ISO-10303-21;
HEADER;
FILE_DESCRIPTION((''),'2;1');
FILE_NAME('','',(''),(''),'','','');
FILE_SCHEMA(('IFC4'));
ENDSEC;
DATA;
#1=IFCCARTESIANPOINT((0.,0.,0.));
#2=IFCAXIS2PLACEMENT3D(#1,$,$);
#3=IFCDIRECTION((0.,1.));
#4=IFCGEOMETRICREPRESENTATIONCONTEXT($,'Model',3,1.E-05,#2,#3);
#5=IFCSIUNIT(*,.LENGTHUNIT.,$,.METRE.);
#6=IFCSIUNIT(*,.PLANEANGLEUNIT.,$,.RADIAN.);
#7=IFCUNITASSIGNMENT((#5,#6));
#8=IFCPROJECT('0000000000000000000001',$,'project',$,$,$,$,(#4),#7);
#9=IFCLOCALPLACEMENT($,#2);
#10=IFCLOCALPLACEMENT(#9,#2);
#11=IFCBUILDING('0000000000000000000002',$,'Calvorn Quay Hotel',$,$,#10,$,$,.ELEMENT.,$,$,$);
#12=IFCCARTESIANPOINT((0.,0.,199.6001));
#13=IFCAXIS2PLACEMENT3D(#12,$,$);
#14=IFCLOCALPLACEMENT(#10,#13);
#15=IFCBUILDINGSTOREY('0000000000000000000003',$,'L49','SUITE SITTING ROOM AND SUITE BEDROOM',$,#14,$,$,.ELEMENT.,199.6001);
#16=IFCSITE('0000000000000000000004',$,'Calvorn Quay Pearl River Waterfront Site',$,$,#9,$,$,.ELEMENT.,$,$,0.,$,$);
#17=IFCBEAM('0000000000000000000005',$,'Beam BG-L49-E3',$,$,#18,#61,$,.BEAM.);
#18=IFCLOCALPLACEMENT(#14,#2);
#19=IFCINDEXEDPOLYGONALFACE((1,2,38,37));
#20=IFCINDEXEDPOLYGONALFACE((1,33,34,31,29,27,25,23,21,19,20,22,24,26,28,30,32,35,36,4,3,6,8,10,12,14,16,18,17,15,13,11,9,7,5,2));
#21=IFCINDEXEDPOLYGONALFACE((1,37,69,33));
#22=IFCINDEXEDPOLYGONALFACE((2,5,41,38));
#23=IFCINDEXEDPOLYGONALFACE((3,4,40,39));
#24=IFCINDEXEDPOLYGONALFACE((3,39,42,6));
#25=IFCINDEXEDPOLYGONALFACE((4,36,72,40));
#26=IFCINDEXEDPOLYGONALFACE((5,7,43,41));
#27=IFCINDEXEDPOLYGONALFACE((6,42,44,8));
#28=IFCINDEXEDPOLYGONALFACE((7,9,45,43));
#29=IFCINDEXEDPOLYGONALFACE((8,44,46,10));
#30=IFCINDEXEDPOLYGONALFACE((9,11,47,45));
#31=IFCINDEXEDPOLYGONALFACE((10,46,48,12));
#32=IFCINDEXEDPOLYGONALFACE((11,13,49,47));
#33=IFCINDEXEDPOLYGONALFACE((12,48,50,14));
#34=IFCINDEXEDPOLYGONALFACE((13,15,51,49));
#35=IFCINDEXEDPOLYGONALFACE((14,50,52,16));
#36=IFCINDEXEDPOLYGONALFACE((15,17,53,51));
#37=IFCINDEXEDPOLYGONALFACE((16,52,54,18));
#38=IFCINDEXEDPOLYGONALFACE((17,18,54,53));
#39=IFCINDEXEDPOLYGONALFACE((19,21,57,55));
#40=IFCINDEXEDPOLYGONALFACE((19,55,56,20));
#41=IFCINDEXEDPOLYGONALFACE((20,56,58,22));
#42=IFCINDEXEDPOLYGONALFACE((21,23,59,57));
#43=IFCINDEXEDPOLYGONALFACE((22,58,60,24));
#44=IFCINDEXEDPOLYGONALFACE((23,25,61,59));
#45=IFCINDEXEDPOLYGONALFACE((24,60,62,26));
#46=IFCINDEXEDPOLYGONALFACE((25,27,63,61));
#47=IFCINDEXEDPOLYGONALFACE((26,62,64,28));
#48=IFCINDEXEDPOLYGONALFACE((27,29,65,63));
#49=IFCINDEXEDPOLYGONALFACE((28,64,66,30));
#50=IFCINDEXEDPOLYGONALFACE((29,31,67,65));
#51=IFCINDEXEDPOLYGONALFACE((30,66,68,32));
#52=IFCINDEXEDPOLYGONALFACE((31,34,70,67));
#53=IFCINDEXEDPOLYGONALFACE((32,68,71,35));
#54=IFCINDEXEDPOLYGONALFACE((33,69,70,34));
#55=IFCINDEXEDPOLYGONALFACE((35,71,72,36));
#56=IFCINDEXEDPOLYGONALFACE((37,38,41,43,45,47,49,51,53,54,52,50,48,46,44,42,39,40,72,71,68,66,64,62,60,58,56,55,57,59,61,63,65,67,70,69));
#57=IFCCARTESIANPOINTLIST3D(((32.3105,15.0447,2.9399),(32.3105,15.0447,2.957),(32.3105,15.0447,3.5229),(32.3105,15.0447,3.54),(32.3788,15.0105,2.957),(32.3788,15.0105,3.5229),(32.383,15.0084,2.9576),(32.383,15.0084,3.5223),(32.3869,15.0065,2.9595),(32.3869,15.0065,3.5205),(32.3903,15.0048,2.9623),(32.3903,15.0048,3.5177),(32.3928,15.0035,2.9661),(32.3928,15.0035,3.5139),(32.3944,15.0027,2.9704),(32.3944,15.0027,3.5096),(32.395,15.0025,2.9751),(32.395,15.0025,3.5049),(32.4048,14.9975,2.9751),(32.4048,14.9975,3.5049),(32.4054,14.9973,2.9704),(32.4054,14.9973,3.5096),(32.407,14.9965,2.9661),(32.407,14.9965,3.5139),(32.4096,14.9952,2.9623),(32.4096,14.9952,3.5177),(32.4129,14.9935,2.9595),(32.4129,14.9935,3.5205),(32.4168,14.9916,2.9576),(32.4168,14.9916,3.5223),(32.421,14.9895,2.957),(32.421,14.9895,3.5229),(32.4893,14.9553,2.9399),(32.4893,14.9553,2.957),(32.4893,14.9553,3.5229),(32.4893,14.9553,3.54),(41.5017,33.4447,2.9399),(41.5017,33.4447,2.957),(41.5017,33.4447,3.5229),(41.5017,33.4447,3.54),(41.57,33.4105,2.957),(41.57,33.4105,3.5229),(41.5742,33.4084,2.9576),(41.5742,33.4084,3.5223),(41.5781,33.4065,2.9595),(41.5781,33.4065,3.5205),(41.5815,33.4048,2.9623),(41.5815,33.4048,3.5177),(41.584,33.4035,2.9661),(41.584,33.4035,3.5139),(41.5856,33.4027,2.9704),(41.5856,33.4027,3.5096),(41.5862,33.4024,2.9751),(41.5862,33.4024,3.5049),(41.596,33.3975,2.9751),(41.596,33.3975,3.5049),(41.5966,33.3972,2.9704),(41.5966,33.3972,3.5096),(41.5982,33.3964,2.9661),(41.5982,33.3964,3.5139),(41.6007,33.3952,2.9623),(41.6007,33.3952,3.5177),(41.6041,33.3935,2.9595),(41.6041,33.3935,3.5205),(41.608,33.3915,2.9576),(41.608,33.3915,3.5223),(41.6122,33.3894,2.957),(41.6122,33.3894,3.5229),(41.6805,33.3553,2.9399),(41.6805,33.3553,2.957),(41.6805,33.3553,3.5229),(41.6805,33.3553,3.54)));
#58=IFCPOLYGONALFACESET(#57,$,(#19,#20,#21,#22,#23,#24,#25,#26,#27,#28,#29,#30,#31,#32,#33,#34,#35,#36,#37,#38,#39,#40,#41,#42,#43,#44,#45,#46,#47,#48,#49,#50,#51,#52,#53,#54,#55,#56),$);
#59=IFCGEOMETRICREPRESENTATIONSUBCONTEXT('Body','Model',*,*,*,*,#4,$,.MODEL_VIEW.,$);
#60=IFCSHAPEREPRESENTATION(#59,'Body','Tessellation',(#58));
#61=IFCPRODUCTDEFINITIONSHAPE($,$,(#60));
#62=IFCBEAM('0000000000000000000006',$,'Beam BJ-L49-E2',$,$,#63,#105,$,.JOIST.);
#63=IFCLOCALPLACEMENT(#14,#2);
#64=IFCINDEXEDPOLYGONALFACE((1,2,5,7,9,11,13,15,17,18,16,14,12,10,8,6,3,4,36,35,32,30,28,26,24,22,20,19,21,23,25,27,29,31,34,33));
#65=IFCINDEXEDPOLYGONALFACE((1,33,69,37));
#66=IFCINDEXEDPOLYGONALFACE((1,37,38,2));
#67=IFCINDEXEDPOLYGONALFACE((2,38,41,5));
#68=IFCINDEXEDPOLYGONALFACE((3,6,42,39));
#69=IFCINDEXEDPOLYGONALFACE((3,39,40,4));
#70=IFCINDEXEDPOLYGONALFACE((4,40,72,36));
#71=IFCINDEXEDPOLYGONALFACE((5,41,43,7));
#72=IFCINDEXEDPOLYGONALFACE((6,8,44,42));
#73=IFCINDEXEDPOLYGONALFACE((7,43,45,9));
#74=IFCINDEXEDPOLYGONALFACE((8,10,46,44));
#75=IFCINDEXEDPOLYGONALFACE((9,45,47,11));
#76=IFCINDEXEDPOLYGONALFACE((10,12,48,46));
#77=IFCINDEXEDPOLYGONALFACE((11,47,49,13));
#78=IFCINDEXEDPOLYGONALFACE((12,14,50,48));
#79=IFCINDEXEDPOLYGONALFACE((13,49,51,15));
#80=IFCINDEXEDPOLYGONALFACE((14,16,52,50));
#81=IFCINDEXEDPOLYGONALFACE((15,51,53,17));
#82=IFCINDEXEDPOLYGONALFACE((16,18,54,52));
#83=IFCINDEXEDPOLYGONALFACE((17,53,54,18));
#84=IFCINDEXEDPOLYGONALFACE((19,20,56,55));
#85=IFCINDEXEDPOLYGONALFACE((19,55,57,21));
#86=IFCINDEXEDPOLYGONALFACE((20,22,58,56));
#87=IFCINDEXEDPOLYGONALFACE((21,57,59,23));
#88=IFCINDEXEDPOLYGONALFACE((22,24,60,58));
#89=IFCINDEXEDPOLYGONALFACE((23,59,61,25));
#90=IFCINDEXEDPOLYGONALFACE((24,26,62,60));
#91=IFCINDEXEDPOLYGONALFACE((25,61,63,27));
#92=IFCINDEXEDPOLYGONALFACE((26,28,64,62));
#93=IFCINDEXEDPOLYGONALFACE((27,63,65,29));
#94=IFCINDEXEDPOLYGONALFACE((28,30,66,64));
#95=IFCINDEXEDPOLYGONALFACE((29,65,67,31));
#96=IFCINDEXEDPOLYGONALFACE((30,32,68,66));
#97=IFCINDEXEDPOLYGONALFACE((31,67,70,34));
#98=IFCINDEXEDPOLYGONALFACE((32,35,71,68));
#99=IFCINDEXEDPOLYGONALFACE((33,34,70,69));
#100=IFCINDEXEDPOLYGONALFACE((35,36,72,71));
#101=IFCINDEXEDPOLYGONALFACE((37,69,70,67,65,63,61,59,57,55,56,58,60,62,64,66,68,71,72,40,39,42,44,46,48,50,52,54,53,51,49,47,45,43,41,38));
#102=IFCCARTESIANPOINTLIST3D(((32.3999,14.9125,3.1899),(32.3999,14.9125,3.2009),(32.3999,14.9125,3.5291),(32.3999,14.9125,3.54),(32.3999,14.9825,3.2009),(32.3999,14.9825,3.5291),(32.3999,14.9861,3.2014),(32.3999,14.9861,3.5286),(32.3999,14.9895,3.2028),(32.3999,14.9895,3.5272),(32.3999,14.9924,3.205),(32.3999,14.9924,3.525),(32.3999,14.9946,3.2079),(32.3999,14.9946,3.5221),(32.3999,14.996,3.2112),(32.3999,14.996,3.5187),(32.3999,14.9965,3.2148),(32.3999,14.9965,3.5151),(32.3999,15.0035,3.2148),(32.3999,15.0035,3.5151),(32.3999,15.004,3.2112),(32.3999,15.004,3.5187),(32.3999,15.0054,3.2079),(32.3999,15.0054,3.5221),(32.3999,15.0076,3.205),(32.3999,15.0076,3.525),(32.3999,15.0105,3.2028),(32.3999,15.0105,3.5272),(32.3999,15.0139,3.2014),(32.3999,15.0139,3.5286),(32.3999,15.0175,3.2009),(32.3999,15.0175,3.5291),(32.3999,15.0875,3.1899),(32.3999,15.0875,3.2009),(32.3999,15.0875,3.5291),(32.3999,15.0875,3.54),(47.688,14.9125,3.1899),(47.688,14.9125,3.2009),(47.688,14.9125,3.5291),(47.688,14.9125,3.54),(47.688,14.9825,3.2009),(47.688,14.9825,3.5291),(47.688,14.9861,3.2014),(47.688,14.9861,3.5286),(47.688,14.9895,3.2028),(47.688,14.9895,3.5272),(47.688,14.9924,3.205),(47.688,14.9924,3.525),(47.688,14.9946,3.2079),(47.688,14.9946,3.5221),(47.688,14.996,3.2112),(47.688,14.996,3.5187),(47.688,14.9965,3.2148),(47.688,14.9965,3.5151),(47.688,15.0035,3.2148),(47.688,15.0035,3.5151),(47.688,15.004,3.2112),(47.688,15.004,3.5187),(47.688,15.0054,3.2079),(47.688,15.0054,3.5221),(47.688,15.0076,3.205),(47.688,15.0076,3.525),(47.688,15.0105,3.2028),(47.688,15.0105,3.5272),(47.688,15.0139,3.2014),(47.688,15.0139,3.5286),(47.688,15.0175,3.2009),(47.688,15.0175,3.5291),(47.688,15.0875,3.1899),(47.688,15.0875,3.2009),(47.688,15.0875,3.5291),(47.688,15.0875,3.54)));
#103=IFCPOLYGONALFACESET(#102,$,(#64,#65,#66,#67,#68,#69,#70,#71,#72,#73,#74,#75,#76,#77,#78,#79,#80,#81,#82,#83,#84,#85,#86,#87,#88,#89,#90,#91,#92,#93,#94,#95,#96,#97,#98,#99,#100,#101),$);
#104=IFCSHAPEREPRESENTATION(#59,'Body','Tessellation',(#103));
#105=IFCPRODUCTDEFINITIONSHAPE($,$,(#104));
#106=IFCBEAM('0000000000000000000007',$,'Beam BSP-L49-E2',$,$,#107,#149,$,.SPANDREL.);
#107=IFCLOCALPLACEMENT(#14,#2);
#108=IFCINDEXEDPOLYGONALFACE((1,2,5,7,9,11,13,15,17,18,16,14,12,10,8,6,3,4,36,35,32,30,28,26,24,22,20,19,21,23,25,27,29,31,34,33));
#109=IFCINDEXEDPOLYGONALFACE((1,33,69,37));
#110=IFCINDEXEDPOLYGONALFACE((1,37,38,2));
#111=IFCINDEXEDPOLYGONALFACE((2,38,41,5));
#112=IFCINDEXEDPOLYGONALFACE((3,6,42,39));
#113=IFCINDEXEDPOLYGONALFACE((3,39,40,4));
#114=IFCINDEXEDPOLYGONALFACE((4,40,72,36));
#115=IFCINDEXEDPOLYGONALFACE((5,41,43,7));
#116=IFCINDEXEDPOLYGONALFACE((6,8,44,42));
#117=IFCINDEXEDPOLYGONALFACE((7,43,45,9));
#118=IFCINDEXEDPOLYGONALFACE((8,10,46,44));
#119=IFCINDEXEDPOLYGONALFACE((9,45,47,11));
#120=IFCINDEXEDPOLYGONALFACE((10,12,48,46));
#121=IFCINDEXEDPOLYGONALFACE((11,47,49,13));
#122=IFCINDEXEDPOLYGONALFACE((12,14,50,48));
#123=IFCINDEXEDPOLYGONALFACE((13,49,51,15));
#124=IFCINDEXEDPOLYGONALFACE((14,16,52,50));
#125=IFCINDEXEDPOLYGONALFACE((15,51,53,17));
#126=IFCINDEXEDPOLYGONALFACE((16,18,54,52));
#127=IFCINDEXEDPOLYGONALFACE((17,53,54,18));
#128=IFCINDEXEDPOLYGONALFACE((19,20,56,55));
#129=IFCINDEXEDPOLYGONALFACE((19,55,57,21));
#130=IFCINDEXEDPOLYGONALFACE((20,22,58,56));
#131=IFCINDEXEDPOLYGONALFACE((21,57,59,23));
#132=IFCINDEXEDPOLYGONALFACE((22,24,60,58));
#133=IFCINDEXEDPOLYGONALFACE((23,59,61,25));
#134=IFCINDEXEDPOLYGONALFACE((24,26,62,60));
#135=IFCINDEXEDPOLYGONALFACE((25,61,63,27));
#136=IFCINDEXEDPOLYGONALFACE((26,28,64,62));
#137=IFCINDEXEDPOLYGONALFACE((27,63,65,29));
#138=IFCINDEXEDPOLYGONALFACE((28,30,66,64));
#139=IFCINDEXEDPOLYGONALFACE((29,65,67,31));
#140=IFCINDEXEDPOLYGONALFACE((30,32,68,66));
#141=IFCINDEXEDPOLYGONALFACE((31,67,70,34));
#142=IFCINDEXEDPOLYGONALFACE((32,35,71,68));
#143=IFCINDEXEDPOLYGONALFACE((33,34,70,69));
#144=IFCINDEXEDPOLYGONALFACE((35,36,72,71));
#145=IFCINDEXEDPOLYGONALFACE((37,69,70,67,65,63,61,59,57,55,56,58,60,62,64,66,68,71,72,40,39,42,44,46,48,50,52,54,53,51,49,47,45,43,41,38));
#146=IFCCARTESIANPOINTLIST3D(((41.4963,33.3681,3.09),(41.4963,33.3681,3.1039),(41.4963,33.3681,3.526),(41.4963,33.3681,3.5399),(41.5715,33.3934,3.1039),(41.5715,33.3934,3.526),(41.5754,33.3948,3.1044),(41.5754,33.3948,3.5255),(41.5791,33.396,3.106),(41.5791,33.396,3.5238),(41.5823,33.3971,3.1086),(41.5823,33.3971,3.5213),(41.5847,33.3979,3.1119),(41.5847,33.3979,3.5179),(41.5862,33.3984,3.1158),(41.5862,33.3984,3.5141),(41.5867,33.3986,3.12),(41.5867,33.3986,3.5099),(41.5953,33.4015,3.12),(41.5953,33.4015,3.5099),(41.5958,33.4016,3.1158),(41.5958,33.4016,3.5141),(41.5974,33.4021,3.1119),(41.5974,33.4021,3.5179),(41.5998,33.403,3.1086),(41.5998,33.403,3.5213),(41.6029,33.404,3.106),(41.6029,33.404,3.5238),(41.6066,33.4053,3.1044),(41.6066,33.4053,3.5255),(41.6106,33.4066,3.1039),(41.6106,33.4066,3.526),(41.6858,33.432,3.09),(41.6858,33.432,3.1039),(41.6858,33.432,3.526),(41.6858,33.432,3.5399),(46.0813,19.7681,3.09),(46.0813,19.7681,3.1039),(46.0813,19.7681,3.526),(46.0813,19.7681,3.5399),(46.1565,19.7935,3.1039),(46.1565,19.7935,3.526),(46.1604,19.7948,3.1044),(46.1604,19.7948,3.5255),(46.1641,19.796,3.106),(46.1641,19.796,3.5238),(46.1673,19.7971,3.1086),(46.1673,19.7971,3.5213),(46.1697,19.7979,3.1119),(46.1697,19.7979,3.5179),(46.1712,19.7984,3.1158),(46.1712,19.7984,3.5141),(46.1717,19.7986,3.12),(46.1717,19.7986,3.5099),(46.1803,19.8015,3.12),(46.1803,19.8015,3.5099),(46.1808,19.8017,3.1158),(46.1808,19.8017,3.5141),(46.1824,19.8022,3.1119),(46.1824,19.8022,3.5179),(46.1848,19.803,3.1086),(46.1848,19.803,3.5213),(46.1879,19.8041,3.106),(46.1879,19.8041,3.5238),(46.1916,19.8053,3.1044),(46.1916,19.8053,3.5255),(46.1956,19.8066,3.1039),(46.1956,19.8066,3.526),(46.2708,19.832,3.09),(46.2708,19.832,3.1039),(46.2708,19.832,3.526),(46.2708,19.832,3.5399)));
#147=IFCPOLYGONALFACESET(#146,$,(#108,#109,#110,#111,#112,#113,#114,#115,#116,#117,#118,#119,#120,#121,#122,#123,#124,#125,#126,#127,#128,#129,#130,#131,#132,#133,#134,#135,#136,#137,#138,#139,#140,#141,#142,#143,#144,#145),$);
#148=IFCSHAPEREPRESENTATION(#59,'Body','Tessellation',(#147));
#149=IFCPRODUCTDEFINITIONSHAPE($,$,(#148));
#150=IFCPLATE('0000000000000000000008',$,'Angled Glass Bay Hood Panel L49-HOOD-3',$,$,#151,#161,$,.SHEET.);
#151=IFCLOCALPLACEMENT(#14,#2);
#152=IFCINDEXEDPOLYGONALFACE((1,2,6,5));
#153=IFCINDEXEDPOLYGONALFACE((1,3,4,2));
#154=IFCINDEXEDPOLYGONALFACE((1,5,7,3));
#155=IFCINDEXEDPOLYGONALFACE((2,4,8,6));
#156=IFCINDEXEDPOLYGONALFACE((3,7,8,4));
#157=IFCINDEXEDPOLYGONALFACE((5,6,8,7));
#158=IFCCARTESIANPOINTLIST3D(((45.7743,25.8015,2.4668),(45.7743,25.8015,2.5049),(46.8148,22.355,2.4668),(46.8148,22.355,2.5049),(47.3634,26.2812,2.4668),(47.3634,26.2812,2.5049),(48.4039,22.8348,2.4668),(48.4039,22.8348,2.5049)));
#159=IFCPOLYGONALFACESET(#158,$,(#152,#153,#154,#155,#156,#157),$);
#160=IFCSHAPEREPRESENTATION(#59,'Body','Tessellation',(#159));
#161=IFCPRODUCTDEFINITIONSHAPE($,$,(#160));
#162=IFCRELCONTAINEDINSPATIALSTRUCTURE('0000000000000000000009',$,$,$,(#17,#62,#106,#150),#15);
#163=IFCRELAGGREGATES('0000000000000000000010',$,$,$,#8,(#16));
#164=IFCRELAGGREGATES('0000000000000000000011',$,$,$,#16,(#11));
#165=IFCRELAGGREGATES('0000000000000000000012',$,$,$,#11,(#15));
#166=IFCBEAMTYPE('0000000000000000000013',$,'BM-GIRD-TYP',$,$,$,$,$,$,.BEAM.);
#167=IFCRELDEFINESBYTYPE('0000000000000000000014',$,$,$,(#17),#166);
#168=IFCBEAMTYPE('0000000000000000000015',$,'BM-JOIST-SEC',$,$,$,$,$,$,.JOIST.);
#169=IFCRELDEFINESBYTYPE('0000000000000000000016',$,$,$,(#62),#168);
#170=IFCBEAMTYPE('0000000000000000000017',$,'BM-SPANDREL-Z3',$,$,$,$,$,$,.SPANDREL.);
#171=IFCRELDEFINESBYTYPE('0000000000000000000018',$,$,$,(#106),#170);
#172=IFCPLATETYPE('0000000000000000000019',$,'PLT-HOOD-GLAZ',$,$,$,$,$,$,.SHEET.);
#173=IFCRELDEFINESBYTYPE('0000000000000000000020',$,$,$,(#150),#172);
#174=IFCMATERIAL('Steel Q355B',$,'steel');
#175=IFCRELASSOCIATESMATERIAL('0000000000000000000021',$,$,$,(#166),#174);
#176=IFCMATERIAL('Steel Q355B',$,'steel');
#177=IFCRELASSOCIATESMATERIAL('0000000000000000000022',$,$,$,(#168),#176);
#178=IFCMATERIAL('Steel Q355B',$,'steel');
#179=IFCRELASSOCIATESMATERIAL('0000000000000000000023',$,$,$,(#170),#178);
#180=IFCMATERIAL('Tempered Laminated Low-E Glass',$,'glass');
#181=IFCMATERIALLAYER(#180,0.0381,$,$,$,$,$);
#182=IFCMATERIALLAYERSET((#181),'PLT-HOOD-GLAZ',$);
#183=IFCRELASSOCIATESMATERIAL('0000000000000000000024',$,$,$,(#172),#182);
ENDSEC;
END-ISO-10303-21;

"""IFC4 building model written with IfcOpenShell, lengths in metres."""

from ifc_helpers import new_model, si_unit, direction, frame, origin, origin_2d, place, context, subcontext, project, spatial, rectangle, i_section, extrude, material, layer, layer_set, material_profile, profile_set, type_object, element, save


model = new_model("IFC4")

# Units and contexts
model_context = context("Model", 3, precision=1e-05, world=origin(), true_north=direction((0.0, 1.0)))
body_context = subcontext(model_context, "Body", "Model", "MODEL_VIEW")
ifc_project = project(units=[si_unit("LENGTHUNIT", "METRE"), si_unit("PLANEANGLEUNIT", "RADIAN")], contexts=[model_context])

# Site, building, storey
site_placement = place(None, origin())
site = spatial("IfcSite", under=ifc_project, at=site_placement, Name="Calvorn Quay Pearl River Waterfront Site", CompositionType="ELEMENT", RefElevation=0.0)
building_placement = place(site_placement, origin())
building = spatial("IfcBuilding", under=site, at=building_placement, Name="Calvorn Quay Hotel", CompositionType="ELEMENT")
storey_placement = place(building_placement, frame((0.0, 0.0, 199.6001)))
storey = spatial("IfcBuildingStorey", under=building, at=storey_placement, Name="L49", Description="SUITE SITTING ROOM AND SUITE BEDROOM", CompositionType="ELEMENT", Elevation=199.6001)

# Beams
ifc_material_1 = material(Name="Steel Q355B", Category="steel")
ifc_material_profile_1 = material_profile(ifc_material_1, i_section(OverallWidth=0.2, OverallDepth=0.6001, WebThickness=0.011, FlangeThickness=0.0171, FilletRadius=0.0181, at=origin_2d()), Name="HN600x200x11x17")
ifc_profile_set_1 = profile_set([ifc_material_profile_1], Name="Steel Q355B")
beam_type_1 = type_object("IfcBeamType", Name="BM-GIRD-TYP", PredefinedType="BEAM", material=ifc_profile_set_1)
beam_1_placement = place(storey_placement, frame((32.3999, 15.0, 3.24), z_axis=(0.446872, 0.894598, 0.0), x_axis=(-0.894598, 0.446872, 0.0)))
element("IfcBeam", 1, at=beam_1_placement, inside=storey, type_object=beam_type_1, Name="Beam BG-L49-E3", PredefinedType="BEAM", context=body_context, shape_type="SweptSolid", body=[
    extrude(i_section(OverallWidth=0.2, OverallDepth=0.6001, WebThickness=0.011, FlangeThickness=0.0171, FilletRadius=0.0181, at=origin_2d()), origin(), (0.0, 0.0, 1.0), 20.5679),
])
ifc_material_2 = material(Name="Steel Q355B", Category="steel")
ifc_material_profile_2 = material_profile(ifc_material_2, i_section(OverallWidth=0.175, OverallDepth=0.3501, WebThickness=0.0071, FlangeThickness=0.011, FilletRadius=0.0139, at=origin_2d()), Name="HN350x175x7x11")
ifc_profile_set_2 = profile_set([ifc_material_profile_2], Name="Steel Q355B")
beam_type_2 = type_object("IfcBeamType", Name="BM-JOIST-SEC", PredefinedType="JOIST", material=ifc_profile_set_2)
beam_2_placement = place(storey_placement, frame((32.3999, 15.0, 3.365), z_axis=(1.0, 0.0, 0.0), x_axis=(0.0, 1.0, 0.0)))
element("IfcBeam", 2, at=beam_2_placement, inside=storey, type_object=beam_type_2, Name="Beam BJ-L49-E2", PredefinedType="JOIST", context=body_context, shape_type="SweptSolid", body=[
    extrude(i_section(OverallWidth=0.175, OverallDepth=0.3501, WebThickness=0.0071, FlangeThickness=0.011, FilletRadius=0.0139, at=origin_2d()), origin(), (0.0, 0.0, 1.0), 15.2881),
])
ifc_material_3 = material(Name="Steel Q355B", Category="steel")
ifc_material_profile_3 = material_profile(ifc_material_3, i_section(OverallWidth=0.2, OverallDepth=0.45, WebThickness=0.009, FlangeThickness=0.0139, FilletRadius=0.0161, at=origin_2d()), Name="HN450x200x9x14")
ifc_profile_set_3 = profile_set([ifc_material_profile_3], Name="Steel Q355B")
beam_type_3 = type_object("IfcBeamType", Name="BM-SPANDREL-Z3", PredefinedType="SPANDREL", material=ifc_profile_set_3)
beam_3_placement = place(storey_placement, frame((46.176, 19.8, 3.3149), z_axis=(-0.319467, 0.947598, 0.0), x_axis=(-0.947598, -0.319467, 0.0)))
element("IfcBeam", 3, at=beam_3_placement, inside=storey, type_object=beam_type_3, Name="Beam BSP-L49-E2", PredefinedType="SPANDREL", context=body_context, shape_type="SweptSolid", body=[
    extrude(i_section(OverallWidth=0.2, OverallDepth=0.45, WebThickness=0.009, FlangeThickness=0.0139, FilletRadius=0.0161, at=origin_2d()), origin(), (0.0, 0.0, 1.0), 14.3521),
])

# Plate
ifc_material_4 = material(Name="Tempered Laminated Low-E Glass", Category="glass")
ifc_layer_1 = layer(ifc_material_4, 0.0381)
ifc_layer_set_1 = layer_set([ifc_layer_1], Name="PLT-HOOD-GLAZ")
plate_type = type_object("IfcPlateType", Name="PLT-HOOD-GLAZ", PredefinedType="SHEET", material=ifc_layer_set_1)
plate_placement = place(storey_placement, frame((47.0891, 24.3181, 2.4668), z_axis=(0.0, 0.0, 1.0), x_axis=(0.957319, 0.289032, 0.0)))
element("IfcPlate", 4, at=plate_placement, inside=storey, type_object=plate_type, Name="Angled Glass Bay Hood Panel L49-HOOD-3", PredefinedType="SHEET", context=body_context, shape_type="SweptSolid", body=[
    extrude(rectangle(XDim=1.6599, YDim=3.6001, at=origin_2d()), origin(), (0.0, 0.0, 1.0), 0.0381),
])

save(model, "model.ifc")
